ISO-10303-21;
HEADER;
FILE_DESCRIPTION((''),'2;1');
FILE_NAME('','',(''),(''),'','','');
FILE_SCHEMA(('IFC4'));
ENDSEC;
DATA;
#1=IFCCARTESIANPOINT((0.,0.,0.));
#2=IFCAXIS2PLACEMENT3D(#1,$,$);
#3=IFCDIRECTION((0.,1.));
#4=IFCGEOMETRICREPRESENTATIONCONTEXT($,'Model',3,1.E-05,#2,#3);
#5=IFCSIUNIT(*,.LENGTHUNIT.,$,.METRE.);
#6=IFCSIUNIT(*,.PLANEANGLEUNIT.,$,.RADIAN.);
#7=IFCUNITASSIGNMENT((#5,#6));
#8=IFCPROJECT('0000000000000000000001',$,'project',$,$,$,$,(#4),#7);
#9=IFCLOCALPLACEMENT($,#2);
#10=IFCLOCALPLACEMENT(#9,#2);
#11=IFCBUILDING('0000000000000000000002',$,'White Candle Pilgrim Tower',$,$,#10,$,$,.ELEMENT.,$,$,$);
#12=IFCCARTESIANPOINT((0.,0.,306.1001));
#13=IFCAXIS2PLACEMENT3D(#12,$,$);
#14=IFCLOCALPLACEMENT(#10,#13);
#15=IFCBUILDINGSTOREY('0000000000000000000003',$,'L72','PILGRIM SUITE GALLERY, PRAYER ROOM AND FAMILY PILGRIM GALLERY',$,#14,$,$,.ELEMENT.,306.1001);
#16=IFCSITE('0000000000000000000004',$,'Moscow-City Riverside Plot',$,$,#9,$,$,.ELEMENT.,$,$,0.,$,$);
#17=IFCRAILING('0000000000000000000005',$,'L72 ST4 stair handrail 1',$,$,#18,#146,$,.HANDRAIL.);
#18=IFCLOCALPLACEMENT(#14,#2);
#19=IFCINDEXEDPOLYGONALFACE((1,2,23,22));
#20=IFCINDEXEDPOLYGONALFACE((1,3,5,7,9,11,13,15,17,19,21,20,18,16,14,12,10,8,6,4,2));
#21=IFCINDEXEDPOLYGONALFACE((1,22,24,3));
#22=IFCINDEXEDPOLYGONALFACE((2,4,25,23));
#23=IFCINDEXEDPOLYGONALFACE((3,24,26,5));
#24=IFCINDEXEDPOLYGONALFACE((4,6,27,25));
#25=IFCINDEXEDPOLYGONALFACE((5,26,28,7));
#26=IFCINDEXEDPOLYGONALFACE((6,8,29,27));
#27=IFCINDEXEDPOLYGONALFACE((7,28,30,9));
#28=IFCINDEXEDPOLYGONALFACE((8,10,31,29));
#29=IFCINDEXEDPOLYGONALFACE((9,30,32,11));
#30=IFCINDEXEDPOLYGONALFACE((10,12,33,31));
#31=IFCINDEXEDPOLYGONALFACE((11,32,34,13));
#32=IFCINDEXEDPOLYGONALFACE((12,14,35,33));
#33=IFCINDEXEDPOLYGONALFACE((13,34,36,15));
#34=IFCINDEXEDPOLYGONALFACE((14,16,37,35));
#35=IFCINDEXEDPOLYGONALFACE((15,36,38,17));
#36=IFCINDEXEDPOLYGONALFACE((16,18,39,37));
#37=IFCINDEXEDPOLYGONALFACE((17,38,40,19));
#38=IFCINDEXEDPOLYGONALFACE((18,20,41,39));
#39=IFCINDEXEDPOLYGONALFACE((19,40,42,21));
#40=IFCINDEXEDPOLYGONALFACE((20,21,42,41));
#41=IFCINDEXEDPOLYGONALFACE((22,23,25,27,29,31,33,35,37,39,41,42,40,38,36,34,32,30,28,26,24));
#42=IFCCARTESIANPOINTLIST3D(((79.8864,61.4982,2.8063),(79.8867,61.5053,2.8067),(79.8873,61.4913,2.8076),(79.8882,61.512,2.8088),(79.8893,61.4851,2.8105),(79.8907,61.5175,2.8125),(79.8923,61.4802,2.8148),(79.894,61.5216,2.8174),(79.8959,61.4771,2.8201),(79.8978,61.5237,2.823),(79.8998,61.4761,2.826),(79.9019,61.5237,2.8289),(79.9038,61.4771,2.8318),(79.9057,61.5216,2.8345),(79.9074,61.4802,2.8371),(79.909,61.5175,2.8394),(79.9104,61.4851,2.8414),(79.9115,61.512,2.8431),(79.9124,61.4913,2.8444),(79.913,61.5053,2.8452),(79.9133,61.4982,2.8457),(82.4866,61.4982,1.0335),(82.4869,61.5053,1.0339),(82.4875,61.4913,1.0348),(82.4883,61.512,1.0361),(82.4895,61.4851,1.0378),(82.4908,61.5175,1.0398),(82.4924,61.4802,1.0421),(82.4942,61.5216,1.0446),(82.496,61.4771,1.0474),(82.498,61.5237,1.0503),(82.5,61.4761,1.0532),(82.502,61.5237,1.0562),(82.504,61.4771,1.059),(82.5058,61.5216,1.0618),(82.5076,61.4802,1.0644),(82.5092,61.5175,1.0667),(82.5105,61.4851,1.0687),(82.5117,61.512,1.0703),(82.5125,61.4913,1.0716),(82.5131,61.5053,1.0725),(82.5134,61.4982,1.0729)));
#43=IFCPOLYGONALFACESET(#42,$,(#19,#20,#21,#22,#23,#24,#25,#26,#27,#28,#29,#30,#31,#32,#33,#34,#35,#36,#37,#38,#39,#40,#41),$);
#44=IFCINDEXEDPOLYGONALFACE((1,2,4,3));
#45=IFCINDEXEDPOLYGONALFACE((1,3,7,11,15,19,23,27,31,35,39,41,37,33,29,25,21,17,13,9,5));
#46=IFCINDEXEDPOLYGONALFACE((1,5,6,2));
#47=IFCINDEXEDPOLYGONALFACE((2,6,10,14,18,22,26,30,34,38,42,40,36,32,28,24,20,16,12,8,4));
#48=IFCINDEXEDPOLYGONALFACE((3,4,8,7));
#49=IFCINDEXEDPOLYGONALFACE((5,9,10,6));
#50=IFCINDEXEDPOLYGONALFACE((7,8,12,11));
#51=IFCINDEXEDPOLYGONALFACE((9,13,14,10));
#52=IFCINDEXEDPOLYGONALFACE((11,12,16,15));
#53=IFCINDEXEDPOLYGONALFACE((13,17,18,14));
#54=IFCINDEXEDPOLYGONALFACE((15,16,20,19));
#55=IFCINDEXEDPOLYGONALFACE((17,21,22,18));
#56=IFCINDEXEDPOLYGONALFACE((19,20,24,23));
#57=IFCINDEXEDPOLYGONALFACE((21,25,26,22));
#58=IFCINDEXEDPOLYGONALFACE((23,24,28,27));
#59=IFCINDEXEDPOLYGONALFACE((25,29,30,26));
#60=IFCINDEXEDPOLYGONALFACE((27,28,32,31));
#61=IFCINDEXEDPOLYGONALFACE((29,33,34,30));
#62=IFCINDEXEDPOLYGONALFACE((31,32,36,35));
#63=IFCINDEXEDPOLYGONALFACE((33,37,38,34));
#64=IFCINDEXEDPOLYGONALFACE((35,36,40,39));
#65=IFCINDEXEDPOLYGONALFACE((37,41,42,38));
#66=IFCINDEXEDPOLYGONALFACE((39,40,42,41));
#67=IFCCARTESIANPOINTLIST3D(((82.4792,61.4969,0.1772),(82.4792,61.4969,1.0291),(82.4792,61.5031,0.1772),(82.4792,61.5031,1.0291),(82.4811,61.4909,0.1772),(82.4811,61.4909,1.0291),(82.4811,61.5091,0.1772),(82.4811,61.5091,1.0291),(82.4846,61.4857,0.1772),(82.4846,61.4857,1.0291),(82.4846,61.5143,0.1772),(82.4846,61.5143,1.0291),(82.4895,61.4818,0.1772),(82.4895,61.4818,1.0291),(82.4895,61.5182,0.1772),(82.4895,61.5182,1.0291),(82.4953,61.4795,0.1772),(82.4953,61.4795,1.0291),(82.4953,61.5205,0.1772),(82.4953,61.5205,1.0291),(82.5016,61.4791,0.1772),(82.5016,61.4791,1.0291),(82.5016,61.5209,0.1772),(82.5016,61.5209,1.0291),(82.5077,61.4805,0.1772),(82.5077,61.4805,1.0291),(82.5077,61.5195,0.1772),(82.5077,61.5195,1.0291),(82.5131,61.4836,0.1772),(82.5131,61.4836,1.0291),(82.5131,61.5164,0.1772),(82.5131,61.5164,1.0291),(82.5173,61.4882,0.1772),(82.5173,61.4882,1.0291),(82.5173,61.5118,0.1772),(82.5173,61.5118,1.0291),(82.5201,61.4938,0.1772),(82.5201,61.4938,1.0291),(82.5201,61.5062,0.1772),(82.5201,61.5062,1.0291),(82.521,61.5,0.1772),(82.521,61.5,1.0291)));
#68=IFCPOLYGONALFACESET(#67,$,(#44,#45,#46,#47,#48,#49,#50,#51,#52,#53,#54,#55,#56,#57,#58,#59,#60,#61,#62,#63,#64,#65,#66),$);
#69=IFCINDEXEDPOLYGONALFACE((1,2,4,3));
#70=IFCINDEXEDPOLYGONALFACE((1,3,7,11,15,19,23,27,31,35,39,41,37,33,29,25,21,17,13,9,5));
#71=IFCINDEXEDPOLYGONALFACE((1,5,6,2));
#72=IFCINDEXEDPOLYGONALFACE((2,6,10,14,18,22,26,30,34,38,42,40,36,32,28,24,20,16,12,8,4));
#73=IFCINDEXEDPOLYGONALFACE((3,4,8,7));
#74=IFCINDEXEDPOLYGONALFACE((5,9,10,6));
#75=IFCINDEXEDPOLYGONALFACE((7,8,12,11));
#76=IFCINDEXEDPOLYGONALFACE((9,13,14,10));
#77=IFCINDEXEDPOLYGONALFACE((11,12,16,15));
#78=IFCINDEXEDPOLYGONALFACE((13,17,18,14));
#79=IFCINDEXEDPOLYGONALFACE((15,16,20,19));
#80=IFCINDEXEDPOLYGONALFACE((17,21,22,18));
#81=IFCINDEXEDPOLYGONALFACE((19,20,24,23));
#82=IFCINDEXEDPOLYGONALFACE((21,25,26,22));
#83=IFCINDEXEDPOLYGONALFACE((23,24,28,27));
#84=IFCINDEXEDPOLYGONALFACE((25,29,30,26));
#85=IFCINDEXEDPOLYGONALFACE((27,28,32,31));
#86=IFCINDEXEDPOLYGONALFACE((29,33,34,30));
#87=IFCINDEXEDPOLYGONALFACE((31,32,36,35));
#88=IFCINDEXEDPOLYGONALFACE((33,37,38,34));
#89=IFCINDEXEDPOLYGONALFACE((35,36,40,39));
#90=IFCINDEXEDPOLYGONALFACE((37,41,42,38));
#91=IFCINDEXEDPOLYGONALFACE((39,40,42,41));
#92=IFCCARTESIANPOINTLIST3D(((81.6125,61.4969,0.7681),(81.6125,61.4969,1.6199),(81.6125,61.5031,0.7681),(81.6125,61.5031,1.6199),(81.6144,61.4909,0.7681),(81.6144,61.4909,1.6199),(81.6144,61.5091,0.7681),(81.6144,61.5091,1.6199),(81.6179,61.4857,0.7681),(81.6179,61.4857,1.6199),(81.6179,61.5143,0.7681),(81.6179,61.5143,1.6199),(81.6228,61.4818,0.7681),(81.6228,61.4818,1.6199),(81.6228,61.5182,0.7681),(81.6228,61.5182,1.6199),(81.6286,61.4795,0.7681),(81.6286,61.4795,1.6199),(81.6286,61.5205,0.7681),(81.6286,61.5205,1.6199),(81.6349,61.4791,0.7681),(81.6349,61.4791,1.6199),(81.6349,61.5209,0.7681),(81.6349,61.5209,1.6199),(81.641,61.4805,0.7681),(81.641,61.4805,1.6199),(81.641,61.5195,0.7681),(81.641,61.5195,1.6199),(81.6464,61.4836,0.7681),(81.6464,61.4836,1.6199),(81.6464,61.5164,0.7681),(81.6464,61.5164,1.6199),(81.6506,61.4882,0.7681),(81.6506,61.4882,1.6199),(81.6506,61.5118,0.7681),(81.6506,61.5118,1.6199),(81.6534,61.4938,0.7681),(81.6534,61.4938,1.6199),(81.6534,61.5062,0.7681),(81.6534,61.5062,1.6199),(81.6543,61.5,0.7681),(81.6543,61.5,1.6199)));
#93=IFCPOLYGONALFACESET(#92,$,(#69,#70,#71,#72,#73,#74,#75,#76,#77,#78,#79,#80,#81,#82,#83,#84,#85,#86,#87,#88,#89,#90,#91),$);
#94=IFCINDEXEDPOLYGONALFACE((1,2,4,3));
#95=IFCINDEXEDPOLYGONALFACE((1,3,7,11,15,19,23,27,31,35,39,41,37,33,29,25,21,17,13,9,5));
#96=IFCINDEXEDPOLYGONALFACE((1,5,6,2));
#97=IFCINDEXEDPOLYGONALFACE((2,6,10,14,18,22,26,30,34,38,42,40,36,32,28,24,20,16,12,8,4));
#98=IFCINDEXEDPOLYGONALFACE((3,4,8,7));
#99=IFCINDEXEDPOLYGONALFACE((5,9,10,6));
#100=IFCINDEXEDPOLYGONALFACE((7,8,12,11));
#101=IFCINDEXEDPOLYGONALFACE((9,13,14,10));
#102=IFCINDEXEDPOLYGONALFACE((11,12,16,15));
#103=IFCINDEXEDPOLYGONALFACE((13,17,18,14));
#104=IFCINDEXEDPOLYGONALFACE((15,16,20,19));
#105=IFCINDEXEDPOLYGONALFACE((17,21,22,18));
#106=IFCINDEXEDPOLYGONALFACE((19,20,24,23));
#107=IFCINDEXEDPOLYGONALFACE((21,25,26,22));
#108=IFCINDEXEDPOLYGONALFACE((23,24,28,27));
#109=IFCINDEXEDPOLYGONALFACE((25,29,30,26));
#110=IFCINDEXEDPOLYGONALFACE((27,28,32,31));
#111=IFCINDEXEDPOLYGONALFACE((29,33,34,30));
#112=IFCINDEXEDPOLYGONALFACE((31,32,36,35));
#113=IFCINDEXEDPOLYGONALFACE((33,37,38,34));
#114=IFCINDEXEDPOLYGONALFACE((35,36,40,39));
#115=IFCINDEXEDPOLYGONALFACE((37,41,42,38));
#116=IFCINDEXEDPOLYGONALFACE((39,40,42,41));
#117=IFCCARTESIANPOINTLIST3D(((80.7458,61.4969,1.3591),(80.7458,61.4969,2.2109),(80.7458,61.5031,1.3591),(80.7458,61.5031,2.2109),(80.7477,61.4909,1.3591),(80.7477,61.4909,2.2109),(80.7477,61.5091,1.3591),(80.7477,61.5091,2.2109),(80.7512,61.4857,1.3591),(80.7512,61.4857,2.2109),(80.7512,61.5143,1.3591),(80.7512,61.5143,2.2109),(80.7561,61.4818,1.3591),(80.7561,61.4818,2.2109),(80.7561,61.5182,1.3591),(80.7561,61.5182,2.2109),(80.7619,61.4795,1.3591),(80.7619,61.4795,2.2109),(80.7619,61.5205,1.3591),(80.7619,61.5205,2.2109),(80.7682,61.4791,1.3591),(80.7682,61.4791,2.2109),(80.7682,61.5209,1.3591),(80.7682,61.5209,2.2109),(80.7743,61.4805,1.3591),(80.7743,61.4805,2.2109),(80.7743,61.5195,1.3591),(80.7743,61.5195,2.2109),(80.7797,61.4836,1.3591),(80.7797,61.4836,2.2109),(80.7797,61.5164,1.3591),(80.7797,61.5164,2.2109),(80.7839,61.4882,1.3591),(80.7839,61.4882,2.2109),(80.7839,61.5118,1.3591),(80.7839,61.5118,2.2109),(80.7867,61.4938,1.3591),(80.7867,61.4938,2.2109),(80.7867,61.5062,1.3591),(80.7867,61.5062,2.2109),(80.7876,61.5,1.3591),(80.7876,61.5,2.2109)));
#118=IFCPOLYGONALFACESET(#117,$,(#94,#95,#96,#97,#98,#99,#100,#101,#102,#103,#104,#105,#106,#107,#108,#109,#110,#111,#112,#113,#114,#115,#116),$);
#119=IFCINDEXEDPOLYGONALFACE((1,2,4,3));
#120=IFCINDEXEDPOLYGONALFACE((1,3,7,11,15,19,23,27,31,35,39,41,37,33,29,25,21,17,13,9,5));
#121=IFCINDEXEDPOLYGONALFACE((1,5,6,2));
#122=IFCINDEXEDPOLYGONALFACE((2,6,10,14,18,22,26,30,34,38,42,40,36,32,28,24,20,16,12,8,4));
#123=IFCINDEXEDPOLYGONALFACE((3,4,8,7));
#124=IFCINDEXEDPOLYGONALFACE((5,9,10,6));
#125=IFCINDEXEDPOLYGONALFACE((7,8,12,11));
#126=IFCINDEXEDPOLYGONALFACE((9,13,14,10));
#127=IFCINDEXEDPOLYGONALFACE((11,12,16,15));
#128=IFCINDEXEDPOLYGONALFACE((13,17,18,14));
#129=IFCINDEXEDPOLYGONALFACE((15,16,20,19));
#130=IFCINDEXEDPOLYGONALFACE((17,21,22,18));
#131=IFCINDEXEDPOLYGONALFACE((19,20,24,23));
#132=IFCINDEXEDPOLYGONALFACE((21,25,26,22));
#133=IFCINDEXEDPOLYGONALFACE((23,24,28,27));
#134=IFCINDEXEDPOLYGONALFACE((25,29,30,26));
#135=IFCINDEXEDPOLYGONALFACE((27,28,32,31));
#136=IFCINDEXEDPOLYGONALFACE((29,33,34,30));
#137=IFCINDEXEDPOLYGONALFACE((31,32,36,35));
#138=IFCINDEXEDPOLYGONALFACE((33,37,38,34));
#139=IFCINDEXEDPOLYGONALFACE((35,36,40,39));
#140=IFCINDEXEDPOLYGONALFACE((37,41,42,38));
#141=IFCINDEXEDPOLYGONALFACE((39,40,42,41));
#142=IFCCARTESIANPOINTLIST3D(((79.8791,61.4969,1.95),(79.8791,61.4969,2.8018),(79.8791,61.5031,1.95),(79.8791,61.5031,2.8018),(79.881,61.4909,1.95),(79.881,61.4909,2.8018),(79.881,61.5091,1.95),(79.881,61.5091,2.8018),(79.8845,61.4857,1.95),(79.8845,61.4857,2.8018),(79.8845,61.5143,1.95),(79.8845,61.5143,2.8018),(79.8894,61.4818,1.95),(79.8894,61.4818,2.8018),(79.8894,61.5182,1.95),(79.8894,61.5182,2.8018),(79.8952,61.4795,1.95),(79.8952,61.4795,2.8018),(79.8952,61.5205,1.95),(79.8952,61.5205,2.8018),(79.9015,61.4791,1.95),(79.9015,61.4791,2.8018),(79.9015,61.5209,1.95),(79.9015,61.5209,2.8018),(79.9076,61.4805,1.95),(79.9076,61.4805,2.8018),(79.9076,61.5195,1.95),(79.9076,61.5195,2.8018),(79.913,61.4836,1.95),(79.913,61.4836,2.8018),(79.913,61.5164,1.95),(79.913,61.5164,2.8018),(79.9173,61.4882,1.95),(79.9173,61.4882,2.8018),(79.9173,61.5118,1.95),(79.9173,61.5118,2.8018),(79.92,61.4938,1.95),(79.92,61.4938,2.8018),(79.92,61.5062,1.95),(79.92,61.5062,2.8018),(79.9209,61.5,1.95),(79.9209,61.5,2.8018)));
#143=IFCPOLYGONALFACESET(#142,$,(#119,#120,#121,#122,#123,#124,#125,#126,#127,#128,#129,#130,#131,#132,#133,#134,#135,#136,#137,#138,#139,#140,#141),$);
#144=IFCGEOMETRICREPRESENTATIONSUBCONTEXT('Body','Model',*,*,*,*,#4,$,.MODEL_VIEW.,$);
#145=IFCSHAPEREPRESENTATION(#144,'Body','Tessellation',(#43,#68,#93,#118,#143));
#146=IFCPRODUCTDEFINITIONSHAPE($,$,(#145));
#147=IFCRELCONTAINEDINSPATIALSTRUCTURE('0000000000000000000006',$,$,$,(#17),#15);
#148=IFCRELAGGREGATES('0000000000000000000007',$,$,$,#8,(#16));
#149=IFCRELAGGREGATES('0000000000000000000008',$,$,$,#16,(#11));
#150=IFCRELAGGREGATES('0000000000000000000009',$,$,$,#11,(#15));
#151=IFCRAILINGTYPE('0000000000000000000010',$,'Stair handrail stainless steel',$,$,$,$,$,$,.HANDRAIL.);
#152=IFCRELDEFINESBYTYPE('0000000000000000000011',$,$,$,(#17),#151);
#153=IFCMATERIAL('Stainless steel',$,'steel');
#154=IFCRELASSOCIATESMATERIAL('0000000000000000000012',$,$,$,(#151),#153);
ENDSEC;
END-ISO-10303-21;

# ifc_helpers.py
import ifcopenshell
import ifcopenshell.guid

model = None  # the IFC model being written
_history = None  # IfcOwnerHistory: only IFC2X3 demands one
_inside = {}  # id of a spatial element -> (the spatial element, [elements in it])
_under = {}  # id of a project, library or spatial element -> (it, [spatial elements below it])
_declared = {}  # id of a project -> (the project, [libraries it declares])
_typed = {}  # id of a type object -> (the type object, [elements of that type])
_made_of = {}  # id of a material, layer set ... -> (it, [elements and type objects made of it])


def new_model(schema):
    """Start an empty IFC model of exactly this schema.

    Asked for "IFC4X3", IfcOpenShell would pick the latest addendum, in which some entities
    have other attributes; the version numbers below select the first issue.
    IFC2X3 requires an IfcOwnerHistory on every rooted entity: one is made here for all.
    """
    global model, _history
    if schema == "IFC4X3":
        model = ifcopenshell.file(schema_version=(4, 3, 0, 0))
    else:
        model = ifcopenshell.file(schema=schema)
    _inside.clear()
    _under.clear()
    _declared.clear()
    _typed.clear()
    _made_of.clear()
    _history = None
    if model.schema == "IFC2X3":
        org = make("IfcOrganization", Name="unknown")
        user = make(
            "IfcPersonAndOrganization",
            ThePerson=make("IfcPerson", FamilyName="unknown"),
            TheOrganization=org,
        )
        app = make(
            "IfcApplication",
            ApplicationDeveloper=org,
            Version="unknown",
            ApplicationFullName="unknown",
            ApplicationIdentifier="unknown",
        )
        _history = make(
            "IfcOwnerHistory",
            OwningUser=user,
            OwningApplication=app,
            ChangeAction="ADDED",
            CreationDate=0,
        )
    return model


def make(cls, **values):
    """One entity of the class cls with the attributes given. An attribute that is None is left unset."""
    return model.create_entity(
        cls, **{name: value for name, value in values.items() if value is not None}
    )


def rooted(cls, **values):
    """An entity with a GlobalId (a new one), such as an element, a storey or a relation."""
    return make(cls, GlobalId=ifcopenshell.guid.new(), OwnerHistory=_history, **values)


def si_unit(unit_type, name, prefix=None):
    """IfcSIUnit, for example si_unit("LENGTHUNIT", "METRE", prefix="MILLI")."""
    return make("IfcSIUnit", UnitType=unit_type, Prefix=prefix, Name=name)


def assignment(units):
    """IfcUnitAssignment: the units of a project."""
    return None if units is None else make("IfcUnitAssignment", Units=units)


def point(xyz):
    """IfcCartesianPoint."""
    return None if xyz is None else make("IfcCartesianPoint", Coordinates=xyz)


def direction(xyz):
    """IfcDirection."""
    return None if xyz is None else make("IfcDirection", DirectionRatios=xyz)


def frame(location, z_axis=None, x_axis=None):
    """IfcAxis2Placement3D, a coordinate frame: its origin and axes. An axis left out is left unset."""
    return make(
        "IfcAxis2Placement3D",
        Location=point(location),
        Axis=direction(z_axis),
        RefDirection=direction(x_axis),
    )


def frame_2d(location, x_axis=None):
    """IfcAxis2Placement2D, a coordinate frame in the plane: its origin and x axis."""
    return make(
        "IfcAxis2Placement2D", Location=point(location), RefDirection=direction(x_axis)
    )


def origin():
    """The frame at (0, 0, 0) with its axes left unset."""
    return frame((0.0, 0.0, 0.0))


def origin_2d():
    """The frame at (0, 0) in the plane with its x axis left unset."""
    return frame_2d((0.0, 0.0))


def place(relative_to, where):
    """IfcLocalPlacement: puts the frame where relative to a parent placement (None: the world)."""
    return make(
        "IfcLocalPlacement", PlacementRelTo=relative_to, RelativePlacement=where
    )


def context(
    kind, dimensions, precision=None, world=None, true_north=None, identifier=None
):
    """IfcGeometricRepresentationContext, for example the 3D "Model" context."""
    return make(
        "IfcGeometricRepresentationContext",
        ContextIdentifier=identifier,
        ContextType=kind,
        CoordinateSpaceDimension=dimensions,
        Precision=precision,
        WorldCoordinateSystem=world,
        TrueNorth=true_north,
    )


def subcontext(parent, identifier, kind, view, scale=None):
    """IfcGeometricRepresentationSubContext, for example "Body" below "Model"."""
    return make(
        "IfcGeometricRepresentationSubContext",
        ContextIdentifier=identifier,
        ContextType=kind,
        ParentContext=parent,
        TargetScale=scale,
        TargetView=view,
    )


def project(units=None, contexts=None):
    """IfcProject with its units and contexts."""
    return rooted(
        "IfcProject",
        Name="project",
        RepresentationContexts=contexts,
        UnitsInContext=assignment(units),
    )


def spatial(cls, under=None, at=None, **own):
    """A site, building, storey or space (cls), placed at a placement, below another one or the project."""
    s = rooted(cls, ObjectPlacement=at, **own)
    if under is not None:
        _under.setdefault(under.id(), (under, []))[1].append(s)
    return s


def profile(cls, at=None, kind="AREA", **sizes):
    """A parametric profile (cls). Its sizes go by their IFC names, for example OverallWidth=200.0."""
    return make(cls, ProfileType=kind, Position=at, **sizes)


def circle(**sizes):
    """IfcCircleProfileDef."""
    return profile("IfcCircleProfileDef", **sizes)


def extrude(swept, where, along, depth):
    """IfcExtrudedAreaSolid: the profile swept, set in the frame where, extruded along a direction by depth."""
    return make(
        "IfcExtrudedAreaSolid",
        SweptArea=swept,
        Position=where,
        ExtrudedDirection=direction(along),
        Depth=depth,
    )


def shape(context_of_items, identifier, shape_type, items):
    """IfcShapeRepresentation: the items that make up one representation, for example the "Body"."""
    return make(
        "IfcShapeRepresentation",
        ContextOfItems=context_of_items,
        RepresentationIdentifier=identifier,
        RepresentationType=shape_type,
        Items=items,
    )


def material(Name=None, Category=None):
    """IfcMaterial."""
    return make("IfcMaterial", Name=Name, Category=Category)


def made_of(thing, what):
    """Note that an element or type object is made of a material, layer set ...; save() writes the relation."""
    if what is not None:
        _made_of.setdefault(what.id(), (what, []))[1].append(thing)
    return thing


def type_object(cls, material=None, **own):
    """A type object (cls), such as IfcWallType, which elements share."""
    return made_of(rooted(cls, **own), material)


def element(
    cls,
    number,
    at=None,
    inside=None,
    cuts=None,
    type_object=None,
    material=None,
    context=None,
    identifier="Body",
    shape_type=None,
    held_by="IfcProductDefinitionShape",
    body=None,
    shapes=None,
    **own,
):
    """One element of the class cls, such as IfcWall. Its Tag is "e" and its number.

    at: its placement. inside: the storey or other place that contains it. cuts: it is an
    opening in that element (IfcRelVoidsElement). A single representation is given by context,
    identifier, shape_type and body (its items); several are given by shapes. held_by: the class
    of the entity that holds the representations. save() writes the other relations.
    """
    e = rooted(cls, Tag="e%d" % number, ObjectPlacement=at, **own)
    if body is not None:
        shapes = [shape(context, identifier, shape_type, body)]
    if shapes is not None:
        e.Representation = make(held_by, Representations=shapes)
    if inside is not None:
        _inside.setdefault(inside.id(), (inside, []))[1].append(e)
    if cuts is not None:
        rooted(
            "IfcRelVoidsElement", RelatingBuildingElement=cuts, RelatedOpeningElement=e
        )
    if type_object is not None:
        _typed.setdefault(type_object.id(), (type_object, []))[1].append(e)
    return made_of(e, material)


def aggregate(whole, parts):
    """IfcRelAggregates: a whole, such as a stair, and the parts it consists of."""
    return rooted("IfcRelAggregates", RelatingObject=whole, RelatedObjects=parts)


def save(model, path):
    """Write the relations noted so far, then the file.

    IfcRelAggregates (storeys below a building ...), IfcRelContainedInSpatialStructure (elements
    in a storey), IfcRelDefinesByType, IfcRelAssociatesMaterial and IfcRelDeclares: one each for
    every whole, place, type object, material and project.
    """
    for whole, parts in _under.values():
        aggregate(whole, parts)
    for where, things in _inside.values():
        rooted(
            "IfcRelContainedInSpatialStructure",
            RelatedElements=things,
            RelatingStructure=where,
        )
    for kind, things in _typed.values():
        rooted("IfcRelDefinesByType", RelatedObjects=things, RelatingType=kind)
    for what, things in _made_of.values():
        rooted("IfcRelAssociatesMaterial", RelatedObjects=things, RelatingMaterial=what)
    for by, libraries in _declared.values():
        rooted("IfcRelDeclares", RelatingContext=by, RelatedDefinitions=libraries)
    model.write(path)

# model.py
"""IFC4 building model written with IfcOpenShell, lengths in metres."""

from ifc_helpers import new_model, si_unit, direction, frame, origin, origin_2d, place, context, subcontext, project, spatial, circle, extrude, material, type_object, element, save


model = new_model("IFC4")

# Units and contexts
model_context = context("Model", 3, precision=1e-05, world=origin(), true_north=direction((0.0, 1.0)))
body_context = subcontext(model_context, "Body", "Model", "MODEL_VIEW")
ifc_project = project(units=[si_unit("LENGTHUNIT", "METRE"), si_unit("PLANEANGLEUNIT", "RADIAN")], contexts=[model_context])

# Site, building, storey
site_placement = place(None, origin())
site = spatial("IfcSite", under=ifc_project, at=site_placement, Name="Moscow-City Riverside Plot", CompositionType="ELEMENT", RefElevation=0.0)
building_placement = place(site_placement, origin())
building = spatial("IfcBuilding", under=site, at=building_placement, Name="White Candle Pilgrim Tower", CompositionType="ELEMENT")
storey_placement = place(building_placement, frame((0.0, 0.0, 306.1001)))
storey = spatial("IfcBuildingStorey", under=building, at=storey_placement, Name="L72", Description="PILGRIM SUITE GALLERY, PRAYER ROOM AND FAMILY PILGRIM GALLERY", CompositionType="ELEMENT", Elevation=306.1001)

# Railing
ifc_material_1 = material(Name="Stainless steel", Category="steel")
railing_type_1 = type_object("IfcRailingType", Name="Stair handrail stainless steel", PredefinedType="HANDRAIL", material=ifc_material_1)
railing_1_placement = place(storey_placement, frame((82.5, 61.5, 0.1772)))
element("IfcRailing", 1, at=railing_1_placement, inside=storey, type_object=railing_type_1, Name="L72 ST4 stair handrail 1", PredefinedType="HANDRAIL", context=body_context, shape_type="SweptSolid", body=[
    extrude(circle(Radius=0.0239, at=origin_2d()), frame((0.0, 0.0, 0.876), z_axis=(-0.82624, 0.0, 0.563318), x_axis=(0.0, -1.0, 0.0)), (0.0, 0.0, 1.0), 3.147),
    extrude(circle(Radius=0.021, at=origin_2d()), origin(), (0.0, 0.0, 1.0), 0.8518),
    extrude(circle(Radius=0.021, at=origin_2d()), frame((-0.8667, 0.0, 0.5908)), (0.0, 0.0, 1.0), 0.8518),
    extrude(circle(Radius=0.021, at=origin_2d()), frame((-1.7334, 0.0, 1.1819)), (0.0, 0.0, 1.0), 0.8518),
    extrude(circle(Radius=0.021, at=origin_2d()), frame((-2.6001, 0.0, 1.7727)), (0.0, 0.0, 1.0), 0.8518),
])

save(model, "model.ifc")
